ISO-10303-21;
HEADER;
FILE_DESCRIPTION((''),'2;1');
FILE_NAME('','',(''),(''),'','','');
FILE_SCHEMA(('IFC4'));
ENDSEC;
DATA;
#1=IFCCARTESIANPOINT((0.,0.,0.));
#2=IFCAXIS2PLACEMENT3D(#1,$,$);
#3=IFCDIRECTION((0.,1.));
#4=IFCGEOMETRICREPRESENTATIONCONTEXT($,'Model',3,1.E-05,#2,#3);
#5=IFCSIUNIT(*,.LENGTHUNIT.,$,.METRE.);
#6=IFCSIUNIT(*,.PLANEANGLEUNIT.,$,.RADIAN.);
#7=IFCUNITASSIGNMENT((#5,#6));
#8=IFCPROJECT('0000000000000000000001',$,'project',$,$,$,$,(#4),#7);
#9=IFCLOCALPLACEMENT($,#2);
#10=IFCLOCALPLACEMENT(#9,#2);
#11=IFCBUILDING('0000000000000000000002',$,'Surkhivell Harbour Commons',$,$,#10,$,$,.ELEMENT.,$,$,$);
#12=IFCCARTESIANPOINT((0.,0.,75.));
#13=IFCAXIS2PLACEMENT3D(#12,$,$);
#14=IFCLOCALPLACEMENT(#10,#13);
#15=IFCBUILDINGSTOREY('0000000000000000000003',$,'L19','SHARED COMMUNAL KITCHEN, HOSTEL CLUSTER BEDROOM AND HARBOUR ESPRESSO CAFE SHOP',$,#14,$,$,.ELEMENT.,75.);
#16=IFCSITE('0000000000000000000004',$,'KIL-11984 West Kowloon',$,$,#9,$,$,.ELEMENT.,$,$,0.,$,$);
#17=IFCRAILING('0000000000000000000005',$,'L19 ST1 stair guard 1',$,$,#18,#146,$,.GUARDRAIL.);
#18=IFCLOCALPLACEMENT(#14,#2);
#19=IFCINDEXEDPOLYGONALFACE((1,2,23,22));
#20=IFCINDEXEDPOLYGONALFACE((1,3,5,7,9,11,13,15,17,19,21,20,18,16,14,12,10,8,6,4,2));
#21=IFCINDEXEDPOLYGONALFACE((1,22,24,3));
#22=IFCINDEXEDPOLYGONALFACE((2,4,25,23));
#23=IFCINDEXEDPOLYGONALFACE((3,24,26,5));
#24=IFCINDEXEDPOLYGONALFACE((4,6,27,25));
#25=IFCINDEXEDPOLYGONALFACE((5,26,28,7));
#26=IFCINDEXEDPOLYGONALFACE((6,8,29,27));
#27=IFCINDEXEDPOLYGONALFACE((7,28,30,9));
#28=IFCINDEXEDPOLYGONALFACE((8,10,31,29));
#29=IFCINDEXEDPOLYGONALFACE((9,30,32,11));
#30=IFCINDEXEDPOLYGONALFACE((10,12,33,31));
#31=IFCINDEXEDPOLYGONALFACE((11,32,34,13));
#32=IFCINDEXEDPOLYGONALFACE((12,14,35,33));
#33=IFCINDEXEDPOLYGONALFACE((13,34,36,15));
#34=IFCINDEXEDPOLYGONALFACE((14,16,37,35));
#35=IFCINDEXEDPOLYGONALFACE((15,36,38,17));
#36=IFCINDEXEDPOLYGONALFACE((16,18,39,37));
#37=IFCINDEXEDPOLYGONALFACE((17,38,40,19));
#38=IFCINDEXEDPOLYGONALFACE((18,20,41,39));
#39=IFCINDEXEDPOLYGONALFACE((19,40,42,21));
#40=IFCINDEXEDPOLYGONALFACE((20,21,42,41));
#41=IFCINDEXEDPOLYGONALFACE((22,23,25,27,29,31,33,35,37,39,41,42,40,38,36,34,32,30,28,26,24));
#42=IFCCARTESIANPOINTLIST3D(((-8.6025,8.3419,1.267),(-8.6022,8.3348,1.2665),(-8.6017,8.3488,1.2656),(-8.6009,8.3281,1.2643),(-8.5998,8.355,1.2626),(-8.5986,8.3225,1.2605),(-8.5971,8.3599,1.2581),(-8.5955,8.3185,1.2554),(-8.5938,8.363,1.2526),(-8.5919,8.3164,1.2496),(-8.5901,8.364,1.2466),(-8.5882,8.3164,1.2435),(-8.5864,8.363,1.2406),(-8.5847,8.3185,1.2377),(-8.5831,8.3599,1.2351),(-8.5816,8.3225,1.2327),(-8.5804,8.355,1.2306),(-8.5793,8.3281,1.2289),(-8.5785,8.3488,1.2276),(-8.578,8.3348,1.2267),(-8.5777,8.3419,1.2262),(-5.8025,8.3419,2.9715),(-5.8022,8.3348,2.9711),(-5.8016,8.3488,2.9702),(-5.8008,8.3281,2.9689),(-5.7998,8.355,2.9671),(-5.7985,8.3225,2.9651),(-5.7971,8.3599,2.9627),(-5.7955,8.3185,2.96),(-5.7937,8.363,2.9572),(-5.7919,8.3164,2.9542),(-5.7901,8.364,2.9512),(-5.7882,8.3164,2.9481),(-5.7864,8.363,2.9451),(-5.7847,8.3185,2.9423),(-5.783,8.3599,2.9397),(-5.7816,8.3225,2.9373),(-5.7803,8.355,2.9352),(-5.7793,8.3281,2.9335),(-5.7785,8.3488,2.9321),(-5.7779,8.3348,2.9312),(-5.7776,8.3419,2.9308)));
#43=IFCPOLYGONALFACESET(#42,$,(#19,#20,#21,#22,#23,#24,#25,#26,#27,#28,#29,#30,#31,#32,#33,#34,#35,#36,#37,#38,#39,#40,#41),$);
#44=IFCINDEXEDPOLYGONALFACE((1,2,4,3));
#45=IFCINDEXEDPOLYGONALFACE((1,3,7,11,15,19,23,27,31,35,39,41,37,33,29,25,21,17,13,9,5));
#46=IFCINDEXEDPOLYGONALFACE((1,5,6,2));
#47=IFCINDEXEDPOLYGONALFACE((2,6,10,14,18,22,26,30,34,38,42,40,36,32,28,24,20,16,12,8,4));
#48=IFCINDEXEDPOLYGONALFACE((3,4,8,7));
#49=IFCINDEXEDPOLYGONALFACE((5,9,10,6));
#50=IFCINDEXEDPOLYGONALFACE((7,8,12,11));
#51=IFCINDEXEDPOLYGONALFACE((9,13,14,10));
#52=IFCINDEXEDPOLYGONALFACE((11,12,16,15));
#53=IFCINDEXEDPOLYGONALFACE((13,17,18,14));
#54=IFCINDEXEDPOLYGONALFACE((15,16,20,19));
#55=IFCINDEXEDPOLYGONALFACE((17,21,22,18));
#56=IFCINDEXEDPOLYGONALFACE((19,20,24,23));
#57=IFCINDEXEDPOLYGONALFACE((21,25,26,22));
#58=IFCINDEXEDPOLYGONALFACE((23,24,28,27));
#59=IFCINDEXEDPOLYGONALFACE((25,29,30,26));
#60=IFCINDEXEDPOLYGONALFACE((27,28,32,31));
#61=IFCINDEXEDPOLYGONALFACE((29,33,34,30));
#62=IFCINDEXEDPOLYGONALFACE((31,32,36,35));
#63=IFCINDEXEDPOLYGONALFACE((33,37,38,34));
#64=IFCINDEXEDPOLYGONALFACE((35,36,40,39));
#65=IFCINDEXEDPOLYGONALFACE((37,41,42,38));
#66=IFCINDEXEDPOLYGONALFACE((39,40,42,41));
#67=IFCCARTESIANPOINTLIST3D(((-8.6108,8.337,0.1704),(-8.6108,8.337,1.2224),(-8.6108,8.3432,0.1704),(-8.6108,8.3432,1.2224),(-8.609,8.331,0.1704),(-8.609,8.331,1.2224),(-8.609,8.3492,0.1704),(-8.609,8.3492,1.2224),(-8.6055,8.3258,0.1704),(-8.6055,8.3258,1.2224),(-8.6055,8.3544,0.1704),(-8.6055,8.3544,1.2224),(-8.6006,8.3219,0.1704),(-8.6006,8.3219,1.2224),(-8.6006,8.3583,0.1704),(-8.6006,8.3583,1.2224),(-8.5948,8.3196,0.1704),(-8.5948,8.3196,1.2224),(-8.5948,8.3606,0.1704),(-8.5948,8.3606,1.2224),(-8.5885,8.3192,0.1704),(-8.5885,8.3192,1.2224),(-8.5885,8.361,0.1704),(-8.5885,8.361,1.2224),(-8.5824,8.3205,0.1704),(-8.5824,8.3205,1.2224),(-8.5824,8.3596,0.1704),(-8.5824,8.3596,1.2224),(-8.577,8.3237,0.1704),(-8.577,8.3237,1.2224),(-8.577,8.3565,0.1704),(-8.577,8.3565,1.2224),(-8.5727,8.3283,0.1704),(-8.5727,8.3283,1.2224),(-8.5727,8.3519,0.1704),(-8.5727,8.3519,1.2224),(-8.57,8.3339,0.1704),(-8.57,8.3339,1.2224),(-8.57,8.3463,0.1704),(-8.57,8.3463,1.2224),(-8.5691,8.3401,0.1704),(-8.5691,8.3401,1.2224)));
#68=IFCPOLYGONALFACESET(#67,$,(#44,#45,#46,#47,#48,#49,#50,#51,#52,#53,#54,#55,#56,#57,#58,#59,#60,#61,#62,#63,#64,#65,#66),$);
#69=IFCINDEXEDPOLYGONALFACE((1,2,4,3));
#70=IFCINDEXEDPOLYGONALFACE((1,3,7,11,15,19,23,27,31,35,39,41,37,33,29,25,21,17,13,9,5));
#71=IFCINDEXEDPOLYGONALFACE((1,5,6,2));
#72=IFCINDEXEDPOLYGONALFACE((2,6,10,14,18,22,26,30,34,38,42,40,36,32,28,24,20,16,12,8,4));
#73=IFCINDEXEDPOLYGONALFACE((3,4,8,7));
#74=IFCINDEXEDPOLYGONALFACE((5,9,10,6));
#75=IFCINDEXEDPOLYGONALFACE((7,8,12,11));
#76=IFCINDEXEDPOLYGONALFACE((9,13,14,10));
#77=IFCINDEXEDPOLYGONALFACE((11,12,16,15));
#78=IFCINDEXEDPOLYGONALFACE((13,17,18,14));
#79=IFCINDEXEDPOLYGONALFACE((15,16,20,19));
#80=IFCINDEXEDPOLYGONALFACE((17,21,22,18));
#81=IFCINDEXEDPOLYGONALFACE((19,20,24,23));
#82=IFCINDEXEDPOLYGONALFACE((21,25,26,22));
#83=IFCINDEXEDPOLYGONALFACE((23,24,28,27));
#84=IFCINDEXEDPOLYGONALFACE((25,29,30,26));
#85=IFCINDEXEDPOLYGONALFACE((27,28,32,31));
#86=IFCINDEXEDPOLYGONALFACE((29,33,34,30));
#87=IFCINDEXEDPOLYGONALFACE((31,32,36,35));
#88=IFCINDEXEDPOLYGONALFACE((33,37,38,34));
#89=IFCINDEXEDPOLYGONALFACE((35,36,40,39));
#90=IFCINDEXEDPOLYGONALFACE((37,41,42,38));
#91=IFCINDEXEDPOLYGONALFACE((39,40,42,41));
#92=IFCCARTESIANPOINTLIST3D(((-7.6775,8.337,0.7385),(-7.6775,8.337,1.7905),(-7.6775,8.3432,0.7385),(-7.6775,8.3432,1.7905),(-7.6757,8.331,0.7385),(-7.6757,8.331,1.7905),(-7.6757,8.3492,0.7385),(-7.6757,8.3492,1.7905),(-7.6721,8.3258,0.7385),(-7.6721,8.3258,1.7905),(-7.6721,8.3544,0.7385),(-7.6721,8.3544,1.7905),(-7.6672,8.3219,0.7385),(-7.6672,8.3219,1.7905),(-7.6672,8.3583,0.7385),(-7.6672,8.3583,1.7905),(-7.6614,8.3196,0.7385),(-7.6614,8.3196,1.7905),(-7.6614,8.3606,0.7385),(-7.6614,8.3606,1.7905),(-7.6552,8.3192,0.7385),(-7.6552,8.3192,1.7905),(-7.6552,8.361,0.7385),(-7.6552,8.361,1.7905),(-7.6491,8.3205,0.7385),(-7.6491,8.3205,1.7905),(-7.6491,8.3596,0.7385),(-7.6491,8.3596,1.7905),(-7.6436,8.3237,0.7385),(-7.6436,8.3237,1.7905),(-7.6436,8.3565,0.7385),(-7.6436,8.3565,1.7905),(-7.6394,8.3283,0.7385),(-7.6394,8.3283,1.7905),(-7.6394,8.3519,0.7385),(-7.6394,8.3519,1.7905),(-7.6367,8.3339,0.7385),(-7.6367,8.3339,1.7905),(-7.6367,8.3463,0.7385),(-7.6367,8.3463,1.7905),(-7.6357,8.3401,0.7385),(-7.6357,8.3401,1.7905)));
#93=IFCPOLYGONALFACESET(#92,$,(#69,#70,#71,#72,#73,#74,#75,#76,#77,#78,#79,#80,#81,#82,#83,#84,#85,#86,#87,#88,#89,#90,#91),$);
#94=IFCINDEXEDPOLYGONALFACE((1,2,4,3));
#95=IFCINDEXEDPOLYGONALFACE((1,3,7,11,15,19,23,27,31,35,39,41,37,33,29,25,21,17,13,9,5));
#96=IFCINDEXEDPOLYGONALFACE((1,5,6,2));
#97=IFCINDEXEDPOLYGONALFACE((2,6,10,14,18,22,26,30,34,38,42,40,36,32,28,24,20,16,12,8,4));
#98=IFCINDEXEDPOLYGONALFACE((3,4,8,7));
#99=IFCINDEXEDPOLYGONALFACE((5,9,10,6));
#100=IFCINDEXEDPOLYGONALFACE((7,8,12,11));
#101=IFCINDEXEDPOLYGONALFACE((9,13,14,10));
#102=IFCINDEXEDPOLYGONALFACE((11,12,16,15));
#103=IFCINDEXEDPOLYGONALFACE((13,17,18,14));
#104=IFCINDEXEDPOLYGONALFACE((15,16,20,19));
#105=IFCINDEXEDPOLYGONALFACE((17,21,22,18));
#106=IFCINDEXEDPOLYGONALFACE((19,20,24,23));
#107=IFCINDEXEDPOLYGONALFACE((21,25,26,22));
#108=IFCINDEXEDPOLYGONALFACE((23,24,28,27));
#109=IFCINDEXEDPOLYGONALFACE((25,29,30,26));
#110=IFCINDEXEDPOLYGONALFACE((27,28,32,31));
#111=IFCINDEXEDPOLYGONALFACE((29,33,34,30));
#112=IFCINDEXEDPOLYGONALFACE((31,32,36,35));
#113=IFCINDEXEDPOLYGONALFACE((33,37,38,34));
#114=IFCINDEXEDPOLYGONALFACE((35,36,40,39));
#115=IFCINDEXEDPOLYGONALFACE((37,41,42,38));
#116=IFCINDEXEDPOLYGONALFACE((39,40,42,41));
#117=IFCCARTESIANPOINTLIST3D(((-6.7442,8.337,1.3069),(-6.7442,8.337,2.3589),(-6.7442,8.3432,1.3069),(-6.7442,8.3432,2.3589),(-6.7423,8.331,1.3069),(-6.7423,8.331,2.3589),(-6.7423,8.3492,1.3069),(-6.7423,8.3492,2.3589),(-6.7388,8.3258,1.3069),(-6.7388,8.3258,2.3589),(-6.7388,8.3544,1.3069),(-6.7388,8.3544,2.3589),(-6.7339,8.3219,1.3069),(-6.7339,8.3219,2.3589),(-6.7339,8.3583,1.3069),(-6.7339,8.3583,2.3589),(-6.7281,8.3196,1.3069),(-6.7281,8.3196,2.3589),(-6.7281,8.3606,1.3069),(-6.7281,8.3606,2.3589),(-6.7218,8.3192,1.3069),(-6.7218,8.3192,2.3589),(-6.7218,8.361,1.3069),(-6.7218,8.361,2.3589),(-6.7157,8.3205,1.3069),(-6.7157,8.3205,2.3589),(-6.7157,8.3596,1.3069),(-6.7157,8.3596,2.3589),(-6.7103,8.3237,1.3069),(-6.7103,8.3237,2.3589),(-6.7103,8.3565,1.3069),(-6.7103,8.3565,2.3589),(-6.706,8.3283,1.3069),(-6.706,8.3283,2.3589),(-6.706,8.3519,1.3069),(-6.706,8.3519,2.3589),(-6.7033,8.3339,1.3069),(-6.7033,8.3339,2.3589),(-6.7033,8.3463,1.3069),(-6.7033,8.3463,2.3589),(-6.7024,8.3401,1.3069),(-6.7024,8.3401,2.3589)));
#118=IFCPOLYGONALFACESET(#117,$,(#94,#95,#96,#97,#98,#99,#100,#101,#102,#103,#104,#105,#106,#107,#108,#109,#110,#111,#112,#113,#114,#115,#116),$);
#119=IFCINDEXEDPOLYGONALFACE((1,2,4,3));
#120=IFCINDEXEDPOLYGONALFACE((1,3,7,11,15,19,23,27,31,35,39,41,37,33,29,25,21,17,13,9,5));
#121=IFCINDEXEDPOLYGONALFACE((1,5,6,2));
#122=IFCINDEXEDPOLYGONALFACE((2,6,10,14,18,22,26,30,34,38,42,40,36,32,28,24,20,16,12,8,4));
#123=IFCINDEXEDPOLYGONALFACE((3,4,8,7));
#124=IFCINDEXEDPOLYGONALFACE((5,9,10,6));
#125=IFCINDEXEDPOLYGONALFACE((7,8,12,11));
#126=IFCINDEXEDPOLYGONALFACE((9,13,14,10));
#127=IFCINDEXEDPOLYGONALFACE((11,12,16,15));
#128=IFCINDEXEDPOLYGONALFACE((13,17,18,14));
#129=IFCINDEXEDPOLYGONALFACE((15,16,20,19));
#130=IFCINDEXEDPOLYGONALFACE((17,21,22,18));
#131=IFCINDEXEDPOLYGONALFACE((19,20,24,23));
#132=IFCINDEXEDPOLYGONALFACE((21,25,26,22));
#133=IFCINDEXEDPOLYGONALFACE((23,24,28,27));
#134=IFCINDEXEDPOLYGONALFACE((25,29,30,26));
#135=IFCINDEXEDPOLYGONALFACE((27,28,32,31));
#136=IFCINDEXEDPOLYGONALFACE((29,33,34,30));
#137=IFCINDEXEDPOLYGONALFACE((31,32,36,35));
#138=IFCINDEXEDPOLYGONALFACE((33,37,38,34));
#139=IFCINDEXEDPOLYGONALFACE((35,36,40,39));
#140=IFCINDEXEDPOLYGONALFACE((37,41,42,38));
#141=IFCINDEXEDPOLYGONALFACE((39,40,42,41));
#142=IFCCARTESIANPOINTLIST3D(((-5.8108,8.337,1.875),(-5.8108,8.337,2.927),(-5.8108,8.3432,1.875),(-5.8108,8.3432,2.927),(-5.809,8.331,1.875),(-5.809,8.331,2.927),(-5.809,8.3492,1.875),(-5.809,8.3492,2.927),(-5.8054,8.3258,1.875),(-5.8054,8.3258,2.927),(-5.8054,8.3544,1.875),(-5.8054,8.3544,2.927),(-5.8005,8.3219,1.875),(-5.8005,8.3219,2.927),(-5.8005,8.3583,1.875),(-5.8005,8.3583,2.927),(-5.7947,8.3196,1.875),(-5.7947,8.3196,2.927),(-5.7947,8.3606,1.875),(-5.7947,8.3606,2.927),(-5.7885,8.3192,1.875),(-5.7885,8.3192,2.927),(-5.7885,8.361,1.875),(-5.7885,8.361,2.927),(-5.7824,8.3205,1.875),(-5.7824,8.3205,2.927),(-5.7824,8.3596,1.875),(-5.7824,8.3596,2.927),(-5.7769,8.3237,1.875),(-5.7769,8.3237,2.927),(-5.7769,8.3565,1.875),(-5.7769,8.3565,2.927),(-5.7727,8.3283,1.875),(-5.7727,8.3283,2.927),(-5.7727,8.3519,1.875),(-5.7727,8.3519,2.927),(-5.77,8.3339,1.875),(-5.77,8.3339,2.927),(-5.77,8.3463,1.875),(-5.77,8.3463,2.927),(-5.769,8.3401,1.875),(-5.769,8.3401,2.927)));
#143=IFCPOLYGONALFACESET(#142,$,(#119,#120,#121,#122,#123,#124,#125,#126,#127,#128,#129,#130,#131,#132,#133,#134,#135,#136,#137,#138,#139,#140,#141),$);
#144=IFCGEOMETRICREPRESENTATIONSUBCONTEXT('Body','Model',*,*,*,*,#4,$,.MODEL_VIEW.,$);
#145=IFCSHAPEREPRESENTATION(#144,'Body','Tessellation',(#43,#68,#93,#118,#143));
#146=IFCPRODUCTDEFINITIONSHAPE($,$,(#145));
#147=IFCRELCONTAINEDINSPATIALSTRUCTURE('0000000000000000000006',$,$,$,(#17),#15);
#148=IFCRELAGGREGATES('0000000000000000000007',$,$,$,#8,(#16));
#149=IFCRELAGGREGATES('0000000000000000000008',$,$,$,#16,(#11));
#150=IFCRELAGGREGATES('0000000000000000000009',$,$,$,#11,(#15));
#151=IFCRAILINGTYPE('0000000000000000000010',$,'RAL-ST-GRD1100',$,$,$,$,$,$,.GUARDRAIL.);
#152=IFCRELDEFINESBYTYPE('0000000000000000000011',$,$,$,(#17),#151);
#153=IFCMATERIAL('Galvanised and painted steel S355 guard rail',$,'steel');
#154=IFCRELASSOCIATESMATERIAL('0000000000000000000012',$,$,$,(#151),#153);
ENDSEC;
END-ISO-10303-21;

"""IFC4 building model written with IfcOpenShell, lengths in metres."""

from ifc_helpers import new_model, si_unit, direction, frame, origin, origin_2d, place, context, subcontext, project, spatial, circle, extrude, material, type_object, element, save


model = new_model("IFC4")

# Units and contexts
model_context = context("Model", 3, precision=1e-05, world=origin(), true_north=direction((0.0, 1.0)))
body_context = subcontext(model_context, "Body", "Model", "MODEL_VIEW")
ifc_project = project(units=[si_unit("LENGTHUNIT", "METRE"), si_unit("PLANEANGLEUNIT", "RADIAN")], contexts=[model_context])

# Site, building, storey
site_placement = place(None, origin())
site = spatial("IfcSite", under=ifc_project, at=site_placement, Name="KIL-11984 West Kowloon", CompositionType="ELEMENT", RefElevation=0.0)
building_placement = place(site_placement, origin())
building = spatial("IfcBuilding", under=site, at=building_placement, Name="Surkhivell Harbour Commons", CompositionType="ELEMENT")
storey_placement = place(building_placement, frame((0.0, 0.0, 75.0)))
storey = spatial("IfcBuildingStorey", under=building, at=storey_placement, Name="L19", Description="SHARED COMMUNAL KITCHEN, HOSTEL CLUSTER BEDROOM AND HARBOUR ESPRESSO CAFE SHOP", CompositionType="ELEMENT", Elevation=75.0)

# Railing
ifc_material_1 = material(Name="Galvanised and painted steel S355 guard rail", Category="steel")
railing_type_1 = type_object("IfcRailingType", Name="RAL-ST-GRD1100", PredefinedType="GUARDRAIL", material=ifc_material_1)
railing_1_placement = place(storey_placement, frame((-8.5901, 8.3401, 0.1704)))
element("IfcRailing", 1, at=railing_1_placement, inside=storey, type_object=railing_type_1, Name="L19 ST1 stair guard 1", PredefinedType="GUARDRAIL", context=body_context, shape_type="SweptSolid", body=[
    extrude(circle(Radius=0.0239, at=origin_2d()), frame((0.0, 0.0, 1.0762), z_axis=(0.85417, 0.0, 0.519994), x_axis=(0.0, 1.0, 0.0)), (0.0, 0.0, 1.0), 3.2781),
    extrude(circle(Radius=0.021, at=origin_2d()), origin(), (0.0, 0.0, 1.0), 1.052),
    extrude(circle(Radius=0.021, at=origin_2d()), frame((0.9333, 0.0, 0.5681)), (0.0, 0.0, 1.0), 1.052),
    extrude(circle(Radius=0.021, at=origin_2d()), frame((1.8667, 0.0, 1.1365)), (0.0, 0.0, 1.0), 1.052),
    extrude(circle(Radius=0.021, at=origin_2d()), frame((2.8, 0.0, 1.7046)), (0.0, 0.0, 1.0), 1.052),
])

save(model, "model.ifc")
